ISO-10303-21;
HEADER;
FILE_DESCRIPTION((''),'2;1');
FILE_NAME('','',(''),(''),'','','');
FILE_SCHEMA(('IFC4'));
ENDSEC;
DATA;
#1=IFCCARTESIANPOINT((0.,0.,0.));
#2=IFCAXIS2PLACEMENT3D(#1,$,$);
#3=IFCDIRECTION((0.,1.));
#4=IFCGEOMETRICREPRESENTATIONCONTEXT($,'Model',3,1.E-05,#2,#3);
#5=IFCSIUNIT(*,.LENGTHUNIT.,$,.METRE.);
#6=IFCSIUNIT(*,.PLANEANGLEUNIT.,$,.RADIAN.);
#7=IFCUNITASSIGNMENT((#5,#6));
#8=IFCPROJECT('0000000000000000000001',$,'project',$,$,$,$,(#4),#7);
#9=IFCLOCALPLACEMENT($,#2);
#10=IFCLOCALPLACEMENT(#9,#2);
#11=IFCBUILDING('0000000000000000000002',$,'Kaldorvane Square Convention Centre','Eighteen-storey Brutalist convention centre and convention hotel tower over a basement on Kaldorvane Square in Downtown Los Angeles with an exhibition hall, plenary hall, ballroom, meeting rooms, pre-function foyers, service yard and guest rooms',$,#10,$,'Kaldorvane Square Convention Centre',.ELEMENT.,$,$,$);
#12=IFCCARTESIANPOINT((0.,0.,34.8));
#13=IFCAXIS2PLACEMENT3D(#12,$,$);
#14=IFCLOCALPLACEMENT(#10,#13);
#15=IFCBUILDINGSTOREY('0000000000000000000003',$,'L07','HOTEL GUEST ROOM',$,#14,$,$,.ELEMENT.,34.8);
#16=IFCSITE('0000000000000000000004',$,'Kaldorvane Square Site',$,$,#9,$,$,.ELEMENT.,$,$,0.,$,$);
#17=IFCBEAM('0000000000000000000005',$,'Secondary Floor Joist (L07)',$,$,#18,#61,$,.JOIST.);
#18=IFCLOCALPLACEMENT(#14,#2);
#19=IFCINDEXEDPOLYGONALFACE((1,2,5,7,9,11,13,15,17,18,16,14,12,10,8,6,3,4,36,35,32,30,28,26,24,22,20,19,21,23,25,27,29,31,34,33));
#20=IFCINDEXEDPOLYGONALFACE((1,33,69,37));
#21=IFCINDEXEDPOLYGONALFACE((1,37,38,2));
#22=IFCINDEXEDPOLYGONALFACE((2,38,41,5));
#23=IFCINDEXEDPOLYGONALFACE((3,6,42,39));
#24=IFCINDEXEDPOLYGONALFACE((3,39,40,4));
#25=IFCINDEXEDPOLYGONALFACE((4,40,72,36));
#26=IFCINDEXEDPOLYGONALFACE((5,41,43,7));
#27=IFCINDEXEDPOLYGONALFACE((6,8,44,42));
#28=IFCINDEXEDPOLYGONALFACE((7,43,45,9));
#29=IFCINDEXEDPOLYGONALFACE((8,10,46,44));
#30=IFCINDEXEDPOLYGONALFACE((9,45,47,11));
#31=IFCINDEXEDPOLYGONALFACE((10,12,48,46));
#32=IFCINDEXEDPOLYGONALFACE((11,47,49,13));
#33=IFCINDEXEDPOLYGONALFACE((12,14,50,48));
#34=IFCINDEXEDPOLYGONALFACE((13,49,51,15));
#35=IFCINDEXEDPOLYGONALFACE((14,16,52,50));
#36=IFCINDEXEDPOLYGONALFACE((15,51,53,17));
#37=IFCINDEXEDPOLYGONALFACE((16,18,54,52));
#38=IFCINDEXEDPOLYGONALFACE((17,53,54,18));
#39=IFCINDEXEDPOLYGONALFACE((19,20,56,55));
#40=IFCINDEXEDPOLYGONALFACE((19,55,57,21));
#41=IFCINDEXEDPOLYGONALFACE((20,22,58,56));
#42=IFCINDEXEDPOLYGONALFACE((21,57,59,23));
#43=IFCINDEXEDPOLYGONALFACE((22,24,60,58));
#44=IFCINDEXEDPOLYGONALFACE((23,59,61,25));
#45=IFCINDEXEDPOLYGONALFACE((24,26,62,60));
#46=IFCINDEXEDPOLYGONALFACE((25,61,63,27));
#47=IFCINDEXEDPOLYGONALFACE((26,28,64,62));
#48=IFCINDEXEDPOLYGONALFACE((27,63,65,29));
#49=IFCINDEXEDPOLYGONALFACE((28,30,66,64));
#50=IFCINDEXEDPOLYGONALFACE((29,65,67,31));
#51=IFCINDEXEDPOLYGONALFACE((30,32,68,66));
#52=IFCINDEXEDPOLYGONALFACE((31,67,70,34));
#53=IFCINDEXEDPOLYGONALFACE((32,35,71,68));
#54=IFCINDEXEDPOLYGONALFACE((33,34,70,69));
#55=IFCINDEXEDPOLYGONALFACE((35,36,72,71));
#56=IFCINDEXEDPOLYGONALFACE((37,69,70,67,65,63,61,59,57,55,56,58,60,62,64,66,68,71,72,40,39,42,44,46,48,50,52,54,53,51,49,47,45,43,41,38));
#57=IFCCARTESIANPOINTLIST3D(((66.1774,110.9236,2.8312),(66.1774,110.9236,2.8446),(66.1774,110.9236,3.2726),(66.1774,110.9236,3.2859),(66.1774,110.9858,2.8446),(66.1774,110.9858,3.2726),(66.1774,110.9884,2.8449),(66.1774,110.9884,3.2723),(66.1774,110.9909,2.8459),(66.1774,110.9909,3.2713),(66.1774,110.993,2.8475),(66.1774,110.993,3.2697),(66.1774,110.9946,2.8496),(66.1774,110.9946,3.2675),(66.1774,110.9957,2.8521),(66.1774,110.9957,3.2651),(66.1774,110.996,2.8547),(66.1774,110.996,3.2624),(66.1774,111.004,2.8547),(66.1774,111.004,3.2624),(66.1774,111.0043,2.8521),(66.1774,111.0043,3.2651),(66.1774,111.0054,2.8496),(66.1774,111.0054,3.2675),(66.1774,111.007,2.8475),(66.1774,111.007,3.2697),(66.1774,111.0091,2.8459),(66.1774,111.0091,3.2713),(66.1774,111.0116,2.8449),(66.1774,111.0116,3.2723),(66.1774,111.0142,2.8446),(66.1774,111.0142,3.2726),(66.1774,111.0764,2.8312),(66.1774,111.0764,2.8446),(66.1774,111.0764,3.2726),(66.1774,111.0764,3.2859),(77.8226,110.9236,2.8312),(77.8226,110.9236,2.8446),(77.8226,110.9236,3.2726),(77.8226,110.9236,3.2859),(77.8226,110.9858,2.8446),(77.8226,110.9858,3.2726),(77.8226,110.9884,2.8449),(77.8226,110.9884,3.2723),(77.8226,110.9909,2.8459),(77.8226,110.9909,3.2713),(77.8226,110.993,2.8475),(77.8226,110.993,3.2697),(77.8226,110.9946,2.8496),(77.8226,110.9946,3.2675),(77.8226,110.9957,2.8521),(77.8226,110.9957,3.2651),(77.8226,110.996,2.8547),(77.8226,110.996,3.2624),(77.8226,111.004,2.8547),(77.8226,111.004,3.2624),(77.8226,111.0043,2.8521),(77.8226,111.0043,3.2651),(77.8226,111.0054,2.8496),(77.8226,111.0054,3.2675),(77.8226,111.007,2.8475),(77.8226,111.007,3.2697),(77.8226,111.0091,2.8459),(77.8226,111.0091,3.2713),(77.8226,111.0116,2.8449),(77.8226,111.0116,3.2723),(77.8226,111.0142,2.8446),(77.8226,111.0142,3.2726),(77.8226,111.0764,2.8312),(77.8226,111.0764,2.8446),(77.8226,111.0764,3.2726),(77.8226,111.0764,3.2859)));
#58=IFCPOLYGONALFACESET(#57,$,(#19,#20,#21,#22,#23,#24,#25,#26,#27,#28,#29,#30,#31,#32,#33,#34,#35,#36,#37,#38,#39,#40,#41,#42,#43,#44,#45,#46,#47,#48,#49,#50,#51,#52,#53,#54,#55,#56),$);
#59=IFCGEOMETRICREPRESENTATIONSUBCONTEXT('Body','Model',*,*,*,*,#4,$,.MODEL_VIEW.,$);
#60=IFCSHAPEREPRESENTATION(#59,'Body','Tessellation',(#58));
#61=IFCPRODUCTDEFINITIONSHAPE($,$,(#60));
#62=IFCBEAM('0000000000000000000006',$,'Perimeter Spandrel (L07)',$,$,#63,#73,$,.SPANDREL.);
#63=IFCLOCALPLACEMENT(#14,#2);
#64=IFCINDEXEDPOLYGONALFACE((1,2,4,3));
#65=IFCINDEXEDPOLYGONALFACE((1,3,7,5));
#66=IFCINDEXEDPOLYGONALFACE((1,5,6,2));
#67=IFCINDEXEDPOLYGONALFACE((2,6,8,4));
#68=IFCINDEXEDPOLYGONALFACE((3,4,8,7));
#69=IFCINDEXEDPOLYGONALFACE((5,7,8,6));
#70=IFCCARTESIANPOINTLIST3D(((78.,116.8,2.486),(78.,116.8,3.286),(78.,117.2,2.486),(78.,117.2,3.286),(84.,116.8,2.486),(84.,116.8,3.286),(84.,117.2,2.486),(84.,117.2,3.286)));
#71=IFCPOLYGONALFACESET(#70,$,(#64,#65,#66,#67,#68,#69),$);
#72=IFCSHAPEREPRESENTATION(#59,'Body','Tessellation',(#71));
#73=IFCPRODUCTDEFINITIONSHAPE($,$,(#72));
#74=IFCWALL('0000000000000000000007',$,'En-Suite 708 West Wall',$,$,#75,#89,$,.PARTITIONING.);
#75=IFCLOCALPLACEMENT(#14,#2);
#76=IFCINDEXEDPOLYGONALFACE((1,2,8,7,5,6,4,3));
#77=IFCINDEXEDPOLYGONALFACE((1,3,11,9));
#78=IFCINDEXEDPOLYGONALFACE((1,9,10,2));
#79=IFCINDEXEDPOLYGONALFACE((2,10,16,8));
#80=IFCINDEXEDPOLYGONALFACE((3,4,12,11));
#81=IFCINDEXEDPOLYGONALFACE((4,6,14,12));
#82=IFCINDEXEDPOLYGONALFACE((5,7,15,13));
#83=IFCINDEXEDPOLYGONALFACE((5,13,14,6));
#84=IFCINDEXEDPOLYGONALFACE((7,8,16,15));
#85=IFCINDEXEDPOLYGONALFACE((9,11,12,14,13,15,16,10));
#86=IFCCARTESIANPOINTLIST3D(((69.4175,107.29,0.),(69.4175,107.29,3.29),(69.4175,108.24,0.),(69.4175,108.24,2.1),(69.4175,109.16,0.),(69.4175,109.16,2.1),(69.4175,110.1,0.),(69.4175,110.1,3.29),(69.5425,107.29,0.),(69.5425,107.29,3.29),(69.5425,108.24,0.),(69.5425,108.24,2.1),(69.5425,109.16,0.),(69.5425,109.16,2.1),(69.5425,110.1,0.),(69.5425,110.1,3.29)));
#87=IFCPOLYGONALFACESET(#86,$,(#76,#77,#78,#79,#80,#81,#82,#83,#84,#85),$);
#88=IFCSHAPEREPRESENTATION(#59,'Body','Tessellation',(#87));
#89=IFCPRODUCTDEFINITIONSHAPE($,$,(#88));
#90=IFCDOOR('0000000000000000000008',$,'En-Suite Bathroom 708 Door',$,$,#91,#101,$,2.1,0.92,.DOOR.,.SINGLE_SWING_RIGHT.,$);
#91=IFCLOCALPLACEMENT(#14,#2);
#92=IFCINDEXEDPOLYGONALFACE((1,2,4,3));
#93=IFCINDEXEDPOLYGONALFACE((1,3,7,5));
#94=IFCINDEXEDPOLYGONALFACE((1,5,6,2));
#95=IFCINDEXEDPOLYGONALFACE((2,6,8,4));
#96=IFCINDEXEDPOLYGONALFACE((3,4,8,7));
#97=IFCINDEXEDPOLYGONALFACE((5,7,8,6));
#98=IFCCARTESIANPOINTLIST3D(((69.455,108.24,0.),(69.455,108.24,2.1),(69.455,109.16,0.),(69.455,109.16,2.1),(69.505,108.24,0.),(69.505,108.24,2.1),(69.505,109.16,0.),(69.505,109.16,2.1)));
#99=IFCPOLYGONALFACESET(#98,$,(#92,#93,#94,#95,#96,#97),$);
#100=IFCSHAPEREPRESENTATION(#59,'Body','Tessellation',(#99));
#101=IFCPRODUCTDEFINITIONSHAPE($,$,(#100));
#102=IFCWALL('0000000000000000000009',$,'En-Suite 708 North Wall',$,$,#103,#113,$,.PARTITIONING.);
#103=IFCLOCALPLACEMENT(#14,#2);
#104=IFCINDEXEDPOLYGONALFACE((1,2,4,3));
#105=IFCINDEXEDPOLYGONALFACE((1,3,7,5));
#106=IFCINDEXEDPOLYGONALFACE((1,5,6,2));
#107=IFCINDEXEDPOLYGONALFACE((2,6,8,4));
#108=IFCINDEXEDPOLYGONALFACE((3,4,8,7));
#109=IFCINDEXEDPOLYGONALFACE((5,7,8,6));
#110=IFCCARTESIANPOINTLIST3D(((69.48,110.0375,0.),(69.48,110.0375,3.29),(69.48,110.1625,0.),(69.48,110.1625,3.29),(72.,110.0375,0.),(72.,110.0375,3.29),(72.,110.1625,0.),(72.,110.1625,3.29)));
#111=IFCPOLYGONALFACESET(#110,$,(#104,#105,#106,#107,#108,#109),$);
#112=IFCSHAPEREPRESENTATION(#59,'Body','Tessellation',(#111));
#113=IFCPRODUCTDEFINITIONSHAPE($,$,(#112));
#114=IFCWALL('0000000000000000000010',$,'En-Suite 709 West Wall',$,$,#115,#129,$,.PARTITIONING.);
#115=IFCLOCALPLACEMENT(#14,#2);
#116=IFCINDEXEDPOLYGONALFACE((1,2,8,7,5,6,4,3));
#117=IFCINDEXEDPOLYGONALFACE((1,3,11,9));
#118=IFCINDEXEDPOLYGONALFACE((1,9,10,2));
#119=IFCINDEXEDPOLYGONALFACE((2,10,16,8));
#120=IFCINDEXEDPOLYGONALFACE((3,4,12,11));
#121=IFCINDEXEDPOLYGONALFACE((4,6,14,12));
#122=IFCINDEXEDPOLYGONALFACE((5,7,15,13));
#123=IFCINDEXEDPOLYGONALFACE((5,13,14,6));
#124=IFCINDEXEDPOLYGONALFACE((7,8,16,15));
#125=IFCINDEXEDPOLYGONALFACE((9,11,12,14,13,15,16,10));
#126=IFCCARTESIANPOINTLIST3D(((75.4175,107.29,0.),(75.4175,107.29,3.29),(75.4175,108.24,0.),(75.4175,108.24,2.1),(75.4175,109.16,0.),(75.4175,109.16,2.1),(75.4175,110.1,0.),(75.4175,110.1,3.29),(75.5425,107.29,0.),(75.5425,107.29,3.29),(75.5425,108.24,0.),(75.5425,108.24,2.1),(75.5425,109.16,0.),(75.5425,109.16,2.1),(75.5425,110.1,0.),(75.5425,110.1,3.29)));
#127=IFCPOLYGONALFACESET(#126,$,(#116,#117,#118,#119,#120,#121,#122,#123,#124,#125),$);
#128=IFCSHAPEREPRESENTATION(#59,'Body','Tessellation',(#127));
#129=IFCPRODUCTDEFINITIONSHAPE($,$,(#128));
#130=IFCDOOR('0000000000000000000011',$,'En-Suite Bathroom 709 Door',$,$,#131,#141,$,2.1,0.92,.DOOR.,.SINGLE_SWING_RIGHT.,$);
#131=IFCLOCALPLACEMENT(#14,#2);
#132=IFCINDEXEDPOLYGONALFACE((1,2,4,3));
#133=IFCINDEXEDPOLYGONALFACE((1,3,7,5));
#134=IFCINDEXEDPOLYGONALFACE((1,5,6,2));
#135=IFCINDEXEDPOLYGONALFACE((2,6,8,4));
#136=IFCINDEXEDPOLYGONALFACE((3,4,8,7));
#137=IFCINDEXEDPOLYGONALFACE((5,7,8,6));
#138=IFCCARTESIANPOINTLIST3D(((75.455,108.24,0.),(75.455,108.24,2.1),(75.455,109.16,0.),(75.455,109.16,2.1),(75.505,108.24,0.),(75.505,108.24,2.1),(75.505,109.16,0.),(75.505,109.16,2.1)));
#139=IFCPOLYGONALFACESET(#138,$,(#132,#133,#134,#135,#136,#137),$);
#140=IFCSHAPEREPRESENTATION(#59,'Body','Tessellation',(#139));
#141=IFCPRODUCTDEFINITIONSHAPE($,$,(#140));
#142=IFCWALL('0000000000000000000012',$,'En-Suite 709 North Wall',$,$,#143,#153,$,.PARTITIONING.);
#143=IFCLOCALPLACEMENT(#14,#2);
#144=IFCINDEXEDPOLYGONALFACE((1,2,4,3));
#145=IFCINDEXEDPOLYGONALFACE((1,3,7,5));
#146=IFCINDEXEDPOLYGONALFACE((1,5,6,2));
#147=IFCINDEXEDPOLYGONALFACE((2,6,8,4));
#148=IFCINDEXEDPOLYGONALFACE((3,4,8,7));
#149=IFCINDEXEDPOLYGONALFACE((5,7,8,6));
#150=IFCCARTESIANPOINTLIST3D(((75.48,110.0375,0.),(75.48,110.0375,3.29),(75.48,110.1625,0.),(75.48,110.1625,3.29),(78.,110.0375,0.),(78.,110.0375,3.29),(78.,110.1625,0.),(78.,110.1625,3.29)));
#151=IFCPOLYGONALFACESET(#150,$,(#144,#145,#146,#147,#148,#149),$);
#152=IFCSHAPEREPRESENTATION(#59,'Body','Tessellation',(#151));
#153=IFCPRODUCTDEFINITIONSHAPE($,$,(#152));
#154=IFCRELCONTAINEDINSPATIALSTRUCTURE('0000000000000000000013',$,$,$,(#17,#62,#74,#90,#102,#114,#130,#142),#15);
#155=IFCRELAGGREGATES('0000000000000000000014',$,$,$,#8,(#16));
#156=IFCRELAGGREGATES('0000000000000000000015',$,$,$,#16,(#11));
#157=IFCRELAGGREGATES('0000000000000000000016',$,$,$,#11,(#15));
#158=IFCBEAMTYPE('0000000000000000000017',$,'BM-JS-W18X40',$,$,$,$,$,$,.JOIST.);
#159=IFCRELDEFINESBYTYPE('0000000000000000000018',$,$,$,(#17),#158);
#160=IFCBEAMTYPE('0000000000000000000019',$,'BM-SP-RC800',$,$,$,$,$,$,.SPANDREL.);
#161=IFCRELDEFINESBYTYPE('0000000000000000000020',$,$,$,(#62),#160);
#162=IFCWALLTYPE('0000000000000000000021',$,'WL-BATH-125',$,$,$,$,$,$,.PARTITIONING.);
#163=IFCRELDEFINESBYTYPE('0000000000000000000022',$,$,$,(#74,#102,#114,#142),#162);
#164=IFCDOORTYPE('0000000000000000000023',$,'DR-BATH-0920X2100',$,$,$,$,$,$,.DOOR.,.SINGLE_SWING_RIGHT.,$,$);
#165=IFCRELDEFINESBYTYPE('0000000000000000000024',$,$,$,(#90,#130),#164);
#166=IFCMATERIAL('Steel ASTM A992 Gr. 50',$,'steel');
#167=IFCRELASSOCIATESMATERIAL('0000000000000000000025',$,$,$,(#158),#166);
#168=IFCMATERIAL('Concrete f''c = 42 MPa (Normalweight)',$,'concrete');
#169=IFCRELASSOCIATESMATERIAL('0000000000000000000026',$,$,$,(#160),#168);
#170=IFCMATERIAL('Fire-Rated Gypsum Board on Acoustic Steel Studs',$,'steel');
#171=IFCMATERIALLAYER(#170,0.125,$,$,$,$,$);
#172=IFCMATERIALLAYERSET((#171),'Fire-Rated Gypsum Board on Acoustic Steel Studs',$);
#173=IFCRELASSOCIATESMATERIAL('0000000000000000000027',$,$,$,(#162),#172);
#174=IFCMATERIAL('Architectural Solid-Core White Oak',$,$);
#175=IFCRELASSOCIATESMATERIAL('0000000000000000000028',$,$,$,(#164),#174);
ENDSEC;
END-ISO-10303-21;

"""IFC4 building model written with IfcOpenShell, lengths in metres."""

from ifc_helpers import new_model, si_unit, direction, frame, frame_2d, origin, origin_2d, place, context, subcontext, project, spatial, rectangle, i_section, extrude, material, layer, layer_set, material_profile, profile_set, type_object, element, fill, save


model = new_model("IFC4")

# Units and contexts
model_context = context("Model", 3, precision=1e-05, world=origin(), true_north=direction((0.0, 1.0)))
body_context = subcontext(model_context, "Body", "Model", "MODEL_VIEW")
ifc_project = project(units=[si_unit("LENGTHUNIT", "METRE"), si_unit("PLANEANGLEUNIT", "RADIAN")], contexts=[model_context])

# Site, building, storey
site_placement = place(None, origin())
site = spatial("IfcSite", under=ifc_project, at=site_placement, Name="Kaldorvane Square Site", CompositionType="ELEMENT", RefElevation=0.0)
building_placement = place(site_placement, origin())
building = spatial("IfcBuilding", under=site, at=building_placement, Name="Kaldorvane Square Convention Centre", Description="Eighteen-storey Brutalist convention centre and convention hotel tower over a basement on Kaldorvane Square in Downtown Los Angeles with an exhibition hall, plenary hall, ballroom, meeting rooms, pre-function foyers, service yard and guest rooms", LongName="Kaldorvane Square Convention Centre", CompositionType="ELEMENT")
storey_placement = place(building_placement, frame((0.0, 0.0, 34.8)))
storey = spatial("IfcBuildingStorey", under=building, at=storey_placement, Name="L07", Description="HOTEL GUEST ROOM", CompositionType="ELEMENT", Elevation=34.8)

# Shared definitions
ifc_material_1 = material(Name="Steel ASTM A992 Gr. 50", Category="steel")

# Beams
ifc_material_profile_1 = material_profile(ifc_material_1, i_section(OverallWidth=0.1528, OverallDepth=0.4547, WebThickness=0.008, FlangeThickness=0.0133, FilletRadius=0.0102, at=origin_2d()), Name="W18X40")
ifc_profile_set_1 = profile_set([ifc_material_profile_1], Name="Steel ASTM A992 Gr. 50")
beam_type_1 = type_object("IfcBeamType", Name="BM-JS-W18X40", PredefinedType="JOIST", material=ifc_profile_set_1)
beam_1_placement = place(storey_placement, frame((66.1774, 111.0, 3.0586), z_axis=(1.0, 0.0, 0.0), x_axis=(0.0, 1.0, 0.0)))
element("IfcBeam", 1, at=beam_1_placement, inside=storey, type_object=beam_type_1, Name="Secondary Floor Joist (L07)", PredefinedType="JOIST", context=body_context, shape_type="SweptSolid", body=[
    extrude(i_section(OverallWidth=0.1528, OverallDepth=0.4547, WebThickness=0.008, FlangeThickness=0.0133, FilletRadius=0.0102, at=origin_2d()), origin(), (0.0, 0.0, 1.0), 11.6452),
])
ifc_material_2 = material(Name="Concrete f'c = 42 MPa (Normalweight)", Category="concrete")
ifc_material_profile_2 = material_profile(ifc_material_2, rectangle(XDim=0.4, YDim=0.8, at=origin_2d()), Name="RCSP800X400")
ifc_profile_set_2 = profile_set([ifc_material_profile_2], Name="Concrete f'c = 42 MPa (Normalweight)")
beam_type_2 = type_object("IfcBeamType", Name="BM-SP-RC800", PredefinedType="SPANDREL", material=ifc_profile_set_2)
beam_2_placement = place(storey_placement, frame((78.0, 117.0, 2.886), z_axis=(1.0, 0.0, 0.0), x_axis=(0.0, 1.0, 0.0)))
element("IfcBeam", 2, at=beam_2_placement, inside=storey, type_object=beam_type_2, Name="Perimeter Spandrel (L07)", PredefinedType="SPANDREL", context=body_context, shape_type="SweptSolid", body=[
    extrude(rectangle(XDim=0.4, YDim=0.8, at=origin_2d()), origin(), (0.0, 0.0, 1.0), 6.0),
])

# Wall, opening, door
ifc_material_3 = material(Name="Fire-Rated Gypsum Board on Acoustic Steel Studs", Category="steel")
ifc_layer_1 = layer(ifc_material_3, 0.125)
ifc_layer_set_1 = layer_set([ifc_layer_1], Name="Fire-Rated Gypsum Board on Acoustic Steel Studs")
wall_type_1 = type_object("IfcWallType", Name="WL-BATH-125", PredefinedType="PARTITIONING", material=ifc_layer_set_1)
wall_1_placement = place(storey_placement, frame((69.48, 107.29, 0.0), z_axis=(0.0, 0.0, 1.0), x_axis=(0.0, 1.0, 0.0)))
wall_1 = element("IfcWall", 3, at=wall_1_placement, inside=storey, type_object=wall_type_1, Name="En-Suite 708 West Wall", PredefinedType="PARTITIONING", context=body_context, shape_type="SweptSolid", body=[
    extrude(rectangle(XDim=2.81, YDim=0.125, at=frame_2d((1.405, 0.0))), origin(), (0.0, 0.0, 1.0), 3.29),
])
opening_1_placement = place(wall_1_placement, frame((0.95, 0.0, 0.0)))
opening_1 = element("IfcOpeningElement", 4, at=opening_1_placement, cuts=wall_1, PredefinedType="OPENING", context=body_context, shape_type="SweptSolid", body=[
    extrude(rectangle(XDim=0.92, YDim=2.1, at=frame_2d((0.46, 1.05))), frame((0.0, 0.0775, 0.0), z_axis=(0.0, -1.0, 0.0), x_axis=(1.0, 0.0, 0.0)), (0.0, 0.0, 1.0), 0.155),
])
ifc_material_4 = material(Name="Architectural Solid-Core White Oak")
door_type_1 = type_object("IfcDoorType", Name="DR-BATH-0920X2100", OperationType="SINGLE_SWING_RIGHT", PredefinedType="DOOR", material=ifc_material_4)
door_1_placement = place(opening_1_placement, origin())
door_1 = element("IfcDoor", 5, at=door_1_placement, inside=storey, type_object=door_type_1, Name="En-Suite Bathroom 708 Door", OperationType="SINGLE_SWING_RIGHT", OverallHeight=2.1, OverallWidth=0.92, PredefinedType="DOOR", context=body_context, shape_type="SweptSolid", body=[
    extrude(rectangle(XDim=0.92, YDim=2.1, at=frame_2d((0.46, 1.05))), frame((0.0, 0.025, 0.0), z_axis=(0.0, -1.0, 0.0), x_axis=(1.0, 0.0, 0.0)), (0.0, 0.0, 1.0), 0.05),
])
fill(opening_1, door_1)

# Wall
wall_2_placement = place(storey_placement, frame((69.48, 110.1, 0.0), z_axis=(0.0, 0.0, 1.0), x_axis=(1.0, 0.0, 0.0)))
element("IfcWall", 6, at=wall_2_placement, inside=storey, type_object=wall_type_1, Name="En-Suite 708 North Wall", PredefinedType="PARTITIONING", context=body_context, shape_type="SweptSolid", body=[
    extrude(rectangle(XDim=2.52, YDim=0.125, at=frame_2d((1.26, 0.0))), origin(), (0.0, 0.0, 1.0), 3.29),
])

# Wall, opening, door
wall_3_placement = place(storey_placement, frame((75.48, 107.29, 0.0), z_axis=(0.0, 0.0, 1.0), x_axis=(0.0, 1.0, 0.0)))
wall_3 = element("IfcWall", 7, at=wall_3_placement, inside=storey, type_object=wall_type_1, Name="En-Suite 709 West Wall", PredefinedType="PARTITIONING", context=body_context, shape_type="SweptSolid", body=[
    extrude(rectangle(XDim=2.81, YDim=0.125, at=frame_2d((1.405, 0.0))), origin(), (0.0, 0.0, 1.0), 3.29),
])
opening_2_placement = place(wall_3_placement, frame((0.95, 0.0, 0.0)))
opening_2 = element("IfcOpeningElement", 8, at=opening_2_placement, cuts=wall_3, PredefinedType="OPENING", context=body_context, shape_type="SweptSolid", body=[
    extrude(rectangle(XDim=0.92, YDim=2.1, at=frame_2d((0.46, 1.05))), frame((0.0, 0.0775, 0.0), z_axis=(0.0, -1.0, 0.0), x_axis=(1.0, 0.0, 0.0)), (0.0, 0.0, 1.0), 0.155),
])
door_2_placement = place(opening_2_placement, origin())
door_2 = element("IfcDoor", 9, at=door_2_placement, inside=storey, type_object=door_type_1, Name="En-Suite Bathroom 709 Door", OperationType="SINGLE_SWING_RIGHT", OverallHeight=2.1, OverallWidth=0.92, PredefinedType="DOOR", context=body_context, shape_type="SweptSolid", body=[
    extrude(rectangle(XDim=0.92, YDim=2.1, at=frame_2d((0.46, 1.05))), frame((0.0, 0.025, 0.0), z_axis=(0.0, -1.0, 0.0), x_axis=(1.0, 0.0, 0.0)), (0.0, 0.0, 1.0), 0.05),
])
fill(opening_2, door_2)

# Wall
wall_4_placement = place(storey_placement, frame((75.48, 110.1, 0.0), z_axis=(0.0, 0.0, 1.0), x_axis=(1.0, 0.0, 0.0)))
element("IfcWall", 10, at=wall_4_placement, inside=storey, type_object=wall_type_1, Name="En-Suite 709 North Wall", PredefinedType="PARTITIONING", context=body_context, shape_type="SweptSolid", body=[
    extrude(rectangle(XDim=2.52, YDim=0.125, at=frame_2d((1.26, 0.0))), origin(), (0.0, 0.0, 1.0), 3.29),
])

save(model, "model.ifc")
